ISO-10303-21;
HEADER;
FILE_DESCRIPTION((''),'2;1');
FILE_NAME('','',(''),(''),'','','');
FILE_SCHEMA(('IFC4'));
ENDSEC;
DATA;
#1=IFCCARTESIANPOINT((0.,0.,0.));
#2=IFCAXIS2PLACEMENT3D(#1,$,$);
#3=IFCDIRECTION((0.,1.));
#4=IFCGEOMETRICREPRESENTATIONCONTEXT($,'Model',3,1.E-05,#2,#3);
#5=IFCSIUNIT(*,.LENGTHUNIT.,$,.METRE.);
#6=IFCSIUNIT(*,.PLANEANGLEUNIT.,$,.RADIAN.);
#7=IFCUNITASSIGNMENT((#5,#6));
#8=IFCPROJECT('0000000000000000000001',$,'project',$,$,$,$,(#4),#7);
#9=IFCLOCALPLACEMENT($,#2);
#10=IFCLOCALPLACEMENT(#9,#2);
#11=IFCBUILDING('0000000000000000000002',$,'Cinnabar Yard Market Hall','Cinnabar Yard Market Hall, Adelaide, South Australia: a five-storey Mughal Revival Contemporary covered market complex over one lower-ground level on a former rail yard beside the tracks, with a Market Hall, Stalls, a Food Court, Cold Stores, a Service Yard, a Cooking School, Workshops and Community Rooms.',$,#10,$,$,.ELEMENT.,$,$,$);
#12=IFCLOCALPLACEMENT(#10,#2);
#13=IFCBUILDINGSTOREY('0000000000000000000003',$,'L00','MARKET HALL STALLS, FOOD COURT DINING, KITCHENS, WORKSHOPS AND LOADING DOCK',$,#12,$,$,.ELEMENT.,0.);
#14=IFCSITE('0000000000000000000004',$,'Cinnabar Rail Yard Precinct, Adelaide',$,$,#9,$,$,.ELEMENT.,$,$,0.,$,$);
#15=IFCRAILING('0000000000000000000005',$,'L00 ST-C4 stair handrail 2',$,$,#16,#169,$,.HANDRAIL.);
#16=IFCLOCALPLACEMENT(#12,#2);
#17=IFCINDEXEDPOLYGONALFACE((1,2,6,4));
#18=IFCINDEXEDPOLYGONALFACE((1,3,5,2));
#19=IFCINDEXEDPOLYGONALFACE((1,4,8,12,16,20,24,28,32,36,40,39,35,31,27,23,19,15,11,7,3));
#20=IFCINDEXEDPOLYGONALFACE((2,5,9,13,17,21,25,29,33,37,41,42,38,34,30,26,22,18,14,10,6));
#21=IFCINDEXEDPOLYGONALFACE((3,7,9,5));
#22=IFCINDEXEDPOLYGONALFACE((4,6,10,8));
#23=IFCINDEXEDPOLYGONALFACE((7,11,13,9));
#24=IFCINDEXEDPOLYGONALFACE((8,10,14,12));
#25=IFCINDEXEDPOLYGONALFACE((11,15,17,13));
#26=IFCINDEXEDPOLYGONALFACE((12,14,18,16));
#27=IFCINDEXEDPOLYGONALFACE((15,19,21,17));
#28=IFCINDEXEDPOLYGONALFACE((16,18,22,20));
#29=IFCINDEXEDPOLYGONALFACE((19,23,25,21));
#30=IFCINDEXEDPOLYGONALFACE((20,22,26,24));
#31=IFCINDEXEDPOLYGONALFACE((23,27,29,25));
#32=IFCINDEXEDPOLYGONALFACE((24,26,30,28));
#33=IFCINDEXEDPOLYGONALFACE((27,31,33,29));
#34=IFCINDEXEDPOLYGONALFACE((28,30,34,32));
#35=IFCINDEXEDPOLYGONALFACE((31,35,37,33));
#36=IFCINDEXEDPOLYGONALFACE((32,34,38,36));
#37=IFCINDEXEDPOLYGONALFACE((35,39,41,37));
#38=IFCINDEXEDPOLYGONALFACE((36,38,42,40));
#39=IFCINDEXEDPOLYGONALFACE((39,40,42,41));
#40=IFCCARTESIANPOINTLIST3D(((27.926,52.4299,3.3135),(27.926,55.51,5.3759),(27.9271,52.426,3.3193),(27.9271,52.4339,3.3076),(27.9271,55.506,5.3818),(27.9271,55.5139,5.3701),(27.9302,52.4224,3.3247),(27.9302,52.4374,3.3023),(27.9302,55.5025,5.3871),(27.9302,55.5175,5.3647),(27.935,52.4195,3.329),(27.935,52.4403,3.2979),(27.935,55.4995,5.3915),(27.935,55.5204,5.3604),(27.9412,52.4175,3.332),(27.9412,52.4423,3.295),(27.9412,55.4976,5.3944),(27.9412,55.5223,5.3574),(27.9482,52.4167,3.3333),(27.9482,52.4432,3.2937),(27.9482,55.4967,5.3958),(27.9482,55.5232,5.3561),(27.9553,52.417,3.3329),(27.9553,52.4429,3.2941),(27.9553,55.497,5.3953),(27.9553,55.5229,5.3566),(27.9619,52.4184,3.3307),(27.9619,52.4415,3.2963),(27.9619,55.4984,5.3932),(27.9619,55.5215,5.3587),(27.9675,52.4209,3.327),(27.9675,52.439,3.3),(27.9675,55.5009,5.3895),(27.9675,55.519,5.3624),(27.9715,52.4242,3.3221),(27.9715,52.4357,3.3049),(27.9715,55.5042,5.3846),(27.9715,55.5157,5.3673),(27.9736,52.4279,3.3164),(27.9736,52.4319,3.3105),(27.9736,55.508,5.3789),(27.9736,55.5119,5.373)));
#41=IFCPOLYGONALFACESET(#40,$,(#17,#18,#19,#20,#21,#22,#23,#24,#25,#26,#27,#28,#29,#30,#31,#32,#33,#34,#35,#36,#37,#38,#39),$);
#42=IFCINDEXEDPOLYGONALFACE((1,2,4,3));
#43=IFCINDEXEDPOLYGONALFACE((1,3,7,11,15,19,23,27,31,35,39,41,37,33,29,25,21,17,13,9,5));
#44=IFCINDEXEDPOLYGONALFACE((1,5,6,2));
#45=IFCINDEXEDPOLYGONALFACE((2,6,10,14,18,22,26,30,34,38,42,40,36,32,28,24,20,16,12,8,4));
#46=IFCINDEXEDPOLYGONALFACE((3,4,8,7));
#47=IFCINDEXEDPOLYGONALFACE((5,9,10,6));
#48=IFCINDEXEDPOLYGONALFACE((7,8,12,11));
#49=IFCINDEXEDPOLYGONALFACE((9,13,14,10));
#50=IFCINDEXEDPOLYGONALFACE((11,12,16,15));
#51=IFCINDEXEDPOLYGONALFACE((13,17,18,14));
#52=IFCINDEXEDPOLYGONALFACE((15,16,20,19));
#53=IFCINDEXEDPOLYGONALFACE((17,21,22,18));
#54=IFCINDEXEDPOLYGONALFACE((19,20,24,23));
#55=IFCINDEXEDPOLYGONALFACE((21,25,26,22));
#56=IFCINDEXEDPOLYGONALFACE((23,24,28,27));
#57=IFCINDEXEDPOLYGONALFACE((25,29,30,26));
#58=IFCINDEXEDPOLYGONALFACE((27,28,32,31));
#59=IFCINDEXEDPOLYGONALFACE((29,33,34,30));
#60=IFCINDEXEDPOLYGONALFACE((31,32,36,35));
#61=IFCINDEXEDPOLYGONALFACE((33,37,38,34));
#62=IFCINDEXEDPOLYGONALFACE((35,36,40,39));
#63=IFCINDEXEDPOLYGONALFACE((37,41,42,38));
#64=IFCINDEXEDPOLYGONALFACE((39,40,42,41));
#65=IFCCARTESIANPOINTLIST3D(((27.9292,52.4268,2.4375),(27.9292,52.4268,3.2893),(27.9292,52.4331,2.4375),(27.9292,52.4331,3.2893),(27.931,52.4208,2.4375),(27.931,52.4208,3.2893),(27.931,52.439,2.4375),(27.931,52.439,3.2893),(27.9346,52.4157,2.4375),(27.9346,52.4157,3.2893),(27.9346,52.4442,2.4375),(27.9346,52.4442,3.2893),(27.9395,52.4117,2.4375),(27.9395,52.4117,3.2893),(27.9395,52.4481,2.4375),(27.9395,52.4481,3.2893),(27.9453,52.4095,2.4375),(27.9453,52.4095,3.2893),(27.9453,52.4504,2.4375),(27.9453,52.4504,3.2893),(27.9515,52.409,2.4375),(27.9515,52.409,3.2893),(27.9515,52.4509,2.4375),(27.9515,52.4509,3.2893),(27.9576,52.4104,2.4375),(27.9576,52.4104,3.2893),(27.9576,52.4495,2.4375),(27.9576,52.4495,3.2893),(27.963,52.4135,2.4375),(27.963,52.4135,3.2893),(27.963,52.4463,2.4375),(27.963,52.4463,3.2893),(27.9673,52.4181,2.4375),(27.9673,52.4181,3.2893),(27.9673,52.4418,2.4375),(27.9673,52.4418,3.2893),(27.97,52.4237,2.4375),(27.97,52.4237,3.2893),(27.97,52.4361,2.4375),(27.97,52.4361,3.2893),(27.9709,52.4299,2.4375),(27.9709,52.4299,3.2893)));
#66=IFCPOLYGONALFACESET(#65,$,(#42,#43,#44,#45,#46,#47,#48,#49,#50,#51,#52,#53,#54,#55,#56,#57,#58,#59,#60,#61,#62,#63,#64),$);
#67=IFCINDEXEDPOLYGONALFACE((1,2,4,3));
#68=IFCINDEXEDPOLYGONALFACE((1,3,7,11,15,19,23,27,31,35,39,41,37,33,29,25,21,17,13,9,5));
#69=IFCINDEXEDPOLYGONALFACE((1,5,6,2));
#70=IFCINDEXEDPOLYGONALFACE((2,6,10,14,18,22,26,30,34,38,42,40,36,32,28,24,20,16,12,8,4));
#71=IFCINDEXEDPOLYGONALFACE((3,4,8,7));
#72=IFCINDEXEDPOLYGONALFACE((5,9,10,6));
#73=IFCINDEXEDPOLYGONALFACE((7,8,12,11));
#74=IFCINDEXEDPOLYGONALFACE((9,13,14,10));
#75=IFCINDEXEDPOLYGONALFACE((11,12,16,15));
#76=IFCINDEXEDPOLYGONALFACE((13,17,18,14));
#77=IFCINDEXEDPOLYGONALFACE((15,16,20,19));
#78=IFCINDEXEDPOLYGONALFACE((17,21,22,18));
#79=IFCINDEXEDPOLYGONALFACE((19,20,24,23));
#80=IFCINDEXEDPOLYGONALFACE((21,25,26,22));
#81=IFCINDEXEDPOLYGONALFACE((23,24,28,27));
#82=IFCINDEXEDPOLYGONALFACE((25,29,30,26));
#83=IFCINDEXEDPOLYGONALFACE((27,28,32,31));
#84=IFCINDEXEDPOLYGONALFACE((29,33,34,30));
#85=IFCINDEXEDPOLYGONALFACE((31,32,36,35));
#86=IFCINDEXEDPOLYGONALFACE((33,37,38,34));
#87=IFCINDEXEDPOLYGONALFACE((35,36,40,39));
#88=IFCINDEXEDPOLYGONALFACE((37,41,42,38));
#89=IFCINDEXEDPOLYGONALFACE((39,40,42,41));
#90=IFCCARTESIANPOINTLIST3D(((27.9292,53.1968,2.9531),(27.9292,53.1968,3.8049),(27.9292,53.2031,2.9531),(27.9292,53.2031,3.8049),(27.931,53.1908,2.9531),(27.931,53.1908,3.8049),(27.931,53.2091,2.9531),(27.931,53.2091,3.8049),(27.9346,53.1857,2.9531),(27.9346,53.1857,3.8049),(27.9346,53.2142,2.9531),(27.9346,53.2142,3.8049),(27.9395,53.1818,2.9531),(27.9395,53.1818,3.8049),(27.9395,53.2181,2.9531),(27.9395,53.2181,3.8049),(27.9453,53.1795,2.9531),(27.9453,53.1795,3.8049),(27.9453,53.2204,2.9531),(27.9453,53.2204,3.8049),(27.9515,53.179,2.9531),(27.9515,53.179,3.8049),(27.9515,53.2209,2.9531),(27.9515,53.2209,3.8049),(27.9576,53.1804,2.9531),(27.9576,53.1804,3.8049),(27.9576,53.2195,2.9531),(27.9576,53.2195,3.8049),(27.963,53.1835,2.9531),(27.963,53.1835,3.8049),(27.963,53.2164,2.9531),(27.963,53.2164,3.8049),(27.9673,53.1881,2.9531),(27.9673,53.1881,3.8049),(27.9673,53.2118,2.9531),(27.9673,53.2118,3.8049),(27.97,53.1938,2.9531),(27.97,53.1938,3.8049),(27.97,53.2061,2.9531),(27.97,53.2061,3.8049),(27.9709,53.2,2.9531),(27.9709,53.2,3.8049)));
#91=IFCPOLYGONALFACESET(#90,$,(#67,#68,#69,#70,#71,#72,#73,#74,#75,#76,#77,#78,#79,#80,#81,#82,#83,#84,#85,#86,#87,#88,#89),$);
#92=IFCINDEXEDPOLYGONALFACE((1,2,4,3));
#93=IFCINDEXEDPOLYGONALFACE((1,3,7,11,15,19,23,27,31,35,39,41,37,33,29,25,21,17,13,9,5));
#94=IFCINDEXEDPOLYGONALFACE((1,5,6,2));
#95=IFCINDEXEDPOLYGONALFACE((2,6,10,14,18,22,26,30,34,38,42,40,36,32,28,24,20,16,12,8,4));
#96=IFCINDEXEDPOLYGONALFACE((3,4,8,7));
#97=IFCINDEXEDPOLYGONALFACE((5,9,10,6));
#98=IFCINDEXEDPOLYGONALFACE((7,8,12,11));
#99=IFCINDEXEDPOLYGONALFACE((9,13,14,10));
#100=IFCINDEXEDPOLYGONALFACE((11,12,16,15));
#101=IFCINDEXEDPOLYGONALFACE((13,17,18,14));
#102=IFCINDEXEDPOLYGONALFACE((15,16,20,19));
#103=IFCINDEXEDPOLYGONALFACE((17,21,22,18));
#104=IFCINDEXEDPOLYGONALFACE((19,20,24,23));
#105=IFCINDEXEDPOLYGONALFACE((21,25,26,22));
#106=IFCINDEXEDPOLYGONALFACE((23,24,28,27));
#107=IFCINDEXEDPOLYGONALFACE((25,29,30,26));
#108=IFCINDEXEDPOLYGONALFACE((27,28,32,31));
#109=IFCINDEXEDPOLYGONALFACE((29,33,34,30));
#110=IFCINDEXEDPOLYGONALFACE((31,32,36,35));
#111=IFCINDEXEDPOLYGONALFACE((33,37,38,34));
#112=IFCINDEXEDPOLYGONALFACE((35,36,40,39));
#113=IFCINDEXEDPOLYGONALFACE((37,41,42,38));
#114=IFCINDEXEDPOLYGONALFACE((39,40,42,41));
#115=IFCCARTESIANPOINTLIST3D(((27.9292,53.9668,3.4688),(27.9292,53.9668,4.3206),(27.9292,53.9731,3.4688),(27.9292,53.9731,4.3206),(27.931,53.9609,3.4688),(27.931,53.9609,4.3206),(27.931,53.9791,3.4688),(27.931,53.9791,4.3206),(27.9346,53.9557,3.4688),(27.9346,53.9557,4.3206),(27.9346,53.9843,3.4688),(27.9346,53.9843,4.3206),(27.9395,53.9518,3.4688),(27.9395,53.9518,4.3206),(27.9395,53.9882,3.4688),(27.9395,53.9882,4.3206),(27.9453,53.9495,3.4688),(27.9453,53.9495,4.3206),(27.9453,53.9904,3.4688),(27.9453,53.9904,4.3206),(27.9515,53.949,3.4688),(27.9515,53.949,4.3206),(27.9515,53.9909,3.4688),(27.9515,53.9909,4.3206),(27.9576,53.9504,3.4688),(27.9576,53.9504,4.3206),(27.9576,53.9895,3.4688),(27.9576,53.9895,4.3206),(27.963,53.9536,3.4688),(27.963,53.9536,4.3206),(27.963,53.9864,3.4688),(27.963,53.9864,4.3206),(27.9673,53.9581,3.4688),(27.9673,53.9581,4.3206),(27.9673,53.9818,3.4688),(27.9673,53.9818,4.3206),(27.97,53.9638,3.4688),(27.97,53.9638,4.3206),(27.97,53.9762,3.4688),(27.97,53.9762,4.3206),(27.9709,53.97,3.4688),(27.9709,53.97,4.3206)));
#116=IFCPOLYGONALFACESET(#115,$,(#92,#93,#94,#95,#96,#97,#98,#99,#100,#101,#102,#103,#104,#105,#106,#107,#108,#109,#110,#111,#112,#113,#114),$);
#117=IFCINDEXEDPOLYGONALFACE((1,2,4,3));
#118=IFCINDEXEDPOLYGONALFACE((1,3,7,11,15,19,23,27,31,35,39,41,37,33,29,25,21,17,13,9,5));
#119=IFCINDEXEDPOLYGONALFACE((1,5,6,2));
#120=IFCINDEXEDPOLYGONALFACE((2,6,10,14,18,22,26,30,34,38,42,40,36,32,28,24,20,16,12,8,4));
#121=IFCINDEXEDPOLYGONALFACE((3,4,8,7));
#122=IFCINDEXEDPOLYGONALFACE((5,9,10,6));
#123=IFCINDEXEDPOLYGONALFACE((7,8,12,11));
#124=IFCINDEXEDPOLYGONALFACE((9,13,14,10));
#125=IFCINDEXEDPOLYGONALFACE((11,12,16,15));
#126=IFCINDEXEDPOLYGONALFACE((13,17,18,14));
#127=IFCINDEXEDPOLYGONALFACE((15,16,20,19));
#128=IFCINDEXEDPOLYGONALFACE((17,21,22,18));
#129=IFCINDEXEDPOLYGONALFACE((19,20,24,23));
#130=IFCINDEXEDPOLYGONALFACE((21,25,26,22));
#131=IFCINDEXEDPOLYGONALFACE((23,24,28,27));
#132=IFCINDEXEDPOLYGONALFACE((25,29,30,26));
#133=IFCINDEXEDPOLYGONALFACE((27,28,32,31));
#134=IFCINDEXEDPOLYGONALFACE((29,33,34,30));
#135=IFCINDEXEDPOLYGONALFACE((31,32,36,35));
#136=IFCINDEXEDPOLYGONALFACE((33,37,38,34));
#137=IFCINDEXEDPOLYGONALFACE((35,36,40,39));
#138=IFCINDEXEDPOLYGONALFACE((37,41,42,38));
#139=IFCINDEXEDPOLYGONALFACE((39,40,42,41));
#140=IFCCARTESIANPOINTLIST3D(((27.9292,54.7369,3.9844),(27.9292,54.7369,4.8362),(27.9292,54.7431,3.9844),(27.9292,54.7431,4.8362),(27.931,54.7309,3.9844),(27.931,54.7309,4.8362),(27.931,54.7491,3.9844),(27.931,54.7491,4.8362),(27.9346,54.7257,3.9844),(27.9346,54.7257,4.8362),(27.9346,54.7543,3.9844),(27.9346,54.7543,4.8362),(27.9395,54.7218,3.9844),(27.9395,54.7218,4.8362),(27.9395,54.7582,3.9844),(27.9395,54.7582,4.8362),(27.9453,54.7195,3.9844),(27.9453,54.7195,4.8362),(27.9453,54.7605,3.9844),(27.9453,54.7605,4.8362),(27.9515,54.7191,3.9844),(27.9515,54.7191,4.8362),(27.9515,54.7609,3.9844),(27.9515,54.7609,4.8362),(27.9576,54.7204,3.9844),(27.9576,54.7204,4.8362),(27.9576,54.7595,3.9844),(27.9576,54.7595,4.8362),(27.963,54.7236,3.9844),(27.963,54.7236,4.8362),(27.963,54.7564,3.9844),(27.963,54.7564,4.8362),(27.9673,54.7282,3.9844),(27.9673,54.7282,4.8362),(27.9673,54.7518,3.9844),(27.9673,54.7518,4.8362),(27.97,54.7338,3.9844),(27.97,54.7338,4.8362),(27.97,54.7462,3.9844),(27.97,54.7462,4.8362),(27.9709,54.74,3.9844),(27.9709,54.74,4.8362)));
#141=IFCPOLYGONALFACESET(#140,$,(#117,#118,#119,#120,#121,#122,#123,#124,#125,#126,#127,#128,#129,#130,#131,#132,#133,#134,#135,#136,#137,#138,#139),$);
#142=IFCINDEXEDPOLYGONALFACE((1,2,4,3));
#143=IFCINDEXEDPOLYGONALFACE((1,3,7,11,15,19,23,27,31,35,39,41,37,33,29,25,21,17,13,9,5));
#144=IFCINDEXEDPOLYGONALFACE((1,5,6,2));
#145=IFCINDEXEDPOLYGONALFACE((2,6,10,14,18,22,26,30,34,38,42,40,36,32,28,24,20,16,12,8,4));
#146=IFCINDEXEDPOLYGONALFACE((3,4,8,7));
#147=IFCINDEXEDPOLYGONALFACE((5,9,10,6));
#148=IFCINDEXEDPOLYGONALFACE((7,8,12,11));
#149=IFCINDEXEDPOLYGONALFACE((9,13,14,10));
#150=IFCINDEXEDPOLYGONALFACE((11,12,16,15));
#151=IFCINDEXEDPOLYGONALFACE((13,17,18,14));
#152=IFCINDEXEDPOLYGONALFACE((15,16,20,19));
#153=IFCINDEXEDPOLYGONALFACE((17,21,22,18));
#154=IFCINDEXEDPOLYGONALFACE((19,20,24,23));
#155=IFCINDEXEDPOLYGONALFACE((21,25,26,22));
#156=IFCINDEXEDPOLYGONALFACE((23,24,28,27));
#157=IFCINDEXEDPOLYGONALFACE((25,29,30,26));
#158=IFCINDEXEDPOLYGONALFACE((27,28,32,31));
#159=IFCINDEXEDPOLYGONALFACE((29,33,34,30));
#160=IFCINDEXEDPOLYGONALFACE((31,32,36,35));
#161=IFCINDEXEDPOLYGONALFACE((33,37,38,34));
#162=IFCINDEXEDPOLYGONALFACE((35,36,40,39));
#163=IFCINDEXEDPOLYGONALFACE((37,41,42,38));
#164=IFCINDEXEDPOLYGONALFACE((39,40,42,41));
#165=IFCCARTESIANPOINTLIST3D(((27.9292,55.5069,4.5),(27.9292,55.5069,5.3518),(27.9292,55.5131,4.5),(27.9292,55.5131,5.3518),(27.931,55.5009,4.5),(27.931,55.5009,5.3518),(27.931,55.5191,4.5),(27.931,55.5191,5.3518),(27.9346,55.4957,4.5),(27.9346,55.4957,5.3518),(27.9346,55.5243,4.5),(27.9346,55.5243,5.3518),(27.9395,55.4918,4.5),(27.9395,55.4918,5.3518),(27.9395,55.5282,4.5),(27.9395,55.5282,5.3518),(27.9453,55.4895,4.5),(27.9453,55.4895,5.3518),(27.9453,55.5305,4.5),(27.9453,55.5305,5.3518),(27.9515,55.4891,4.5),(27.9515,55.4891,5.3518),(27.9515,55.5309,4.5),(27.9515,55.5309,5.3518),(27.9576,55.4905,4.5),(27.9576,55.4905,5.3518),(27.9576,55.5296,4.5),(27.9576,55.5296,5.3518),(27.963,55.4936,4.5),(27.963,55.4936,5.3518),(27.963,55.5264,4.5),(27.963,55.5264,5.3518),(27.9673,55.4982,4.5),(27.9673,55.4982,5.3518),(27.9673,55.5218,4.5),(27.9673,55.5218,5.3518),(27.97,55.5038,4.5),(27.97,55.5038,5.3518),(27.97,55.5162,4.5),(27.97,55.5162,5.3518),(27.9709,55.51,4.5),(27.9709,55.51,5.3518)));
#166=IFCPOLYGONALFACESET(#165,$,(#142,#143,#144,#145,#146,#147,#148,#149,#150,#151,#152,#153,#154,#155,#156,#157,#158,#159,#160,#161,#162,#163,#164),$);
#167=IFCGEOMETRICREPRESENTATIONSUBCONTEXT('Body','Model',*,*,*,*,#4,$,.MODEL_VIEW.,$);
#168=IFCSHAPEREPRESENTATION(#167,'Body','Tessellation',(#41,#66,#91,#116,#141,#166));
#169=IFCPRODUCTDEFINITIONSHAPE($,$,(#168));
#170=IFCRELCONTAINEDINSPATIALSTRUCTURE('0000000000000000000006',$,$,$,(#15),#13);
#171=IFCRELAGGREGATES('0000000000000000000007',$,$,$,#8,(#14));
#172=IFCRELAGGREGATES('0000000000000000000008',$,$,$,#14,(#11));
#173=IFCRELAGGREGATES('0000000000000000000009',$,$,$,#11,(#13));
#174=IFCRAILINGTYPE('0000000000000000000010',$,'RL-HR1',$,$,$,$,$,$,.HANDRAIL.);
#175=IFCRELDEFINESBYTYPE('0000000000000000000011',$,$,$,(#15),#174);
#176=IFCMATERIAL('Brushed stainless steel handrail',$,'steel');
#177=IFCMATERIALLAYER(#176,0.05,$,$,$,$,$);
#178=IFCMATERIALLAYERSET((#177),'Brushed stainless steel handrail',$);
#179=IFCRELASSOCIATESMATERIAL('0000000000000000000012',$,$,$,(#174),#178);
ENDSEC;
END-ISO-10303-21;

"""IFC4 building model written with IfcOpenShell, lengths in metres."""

from ifc_helpers import new_model, si_unit, direction, frame, origin, origin_2d_with_axis, place, context, subcontext, project, spatial, circle, extrude, material, layer, layer_set, type_object, element, save


model = new_model("IFC4")

# Units and contexts
model_context = context("Model", 3, precision=1e-05, world=origin(), true_north=direction((0.0, 1.0)))
body_context = subcontext(model_context, "Body", "Model", "MODEL_VIEW")
ifc_project = project(units=[si_unit("LENGTHUNIT", "METRE"), si_unit("PLANEANGLEUNIT", "RADIAN")], contexts=[model_context])

# Site, building, storey
site_placement = place(None, origin())
site = spatial("IfcSite", under=ifc_project, at=site_placement, Name="Cinnabar Rail Yard Precinct, Adelaide", CompositionType="ELEMENT", RefElevation=0.0)
building_placement = place(site_placement, origin())
building = spatial("IfcBuilding", under=site, at=building_placement, Name="Cinnabar Yard Market Hall", Description="Cinnabar Yard Market Hall, Adelaide, South Australia: a five-storey Mughal Revival Contemporary covered market complex over one lower-ground level on a former rail yard beside the tracks, with a Market Hall, Stalls, a Food Court, Cold Stores, a Service Yard, a Cooking School, Workshops and Community Rooms.", CompositionType="ELEMENT")
storey_placement = place(building_placement, origin())
storey = spatial("IfcBuildingStorey", under=building, at=storey_placement, Name="L00", Description="MARKET HALL STALLS, FOOD COURT DINING, KITCHENS, WORKSHOPS AND LOADING DOCK", CompositionType="ELEMENT", Elevation=0.0)

# Railing
ifc_material_1 = material(Name="Brushed stainless steel handrail", Category="steel")
ifc_layer_1 = layer(ifc_material_1, 0.05)
ifc_layer_set_1 = layer_set([ifc_layer_1], Name="Brushed stainless steel handrail")
railing_type_1 = type_object("IfcRailingType", Name="RL-HR1", PredefinedType="HANDRAIL", material=ifc_layer_set_1)
railing_1_placement = place(storey_placement, frame((27.95, 52.4299, 2.4375)))
element("IfcRailing", 1, at=railing_1_placement, inside=storey, type_object=railing_type_1, Name="L00 ST-C4 stair handrail 2", PredefinedType="HANDRAIL", context=body_context, shape_type="SweptSolid", body=[
    extrude(circle(Radius=0.0239, at=origin_2d_with_axis()), frame((0.0, 0.0, 0.876), z_axis=(0.0, 0.830914, 0.556401), x_axis=(-1.0, 0.0, 0.0)), (0.0, 0.0, 1.0), 3.7068),
    extrude(circle(Radius=0.021, at=origin_2d_with_axis()), origin(), (0.0, 0.0, 1.0), 0.8518),
    extrude(circle(Radius=0.021, at=origin_2d_with_axis()), frame((0.0, 0.77, 0.5156)), (0.0, 0.0, 1.0), 0.8518),
    extrude(circle(Radius=0.021, at=origin_2d_with_axis()), frame((0.0, 1.54, 1.0312)), (0.0, 0.0, 1.0), 0.8518),
    extrude(circle(Radius=0.021, at=origin_2d_with_axis()), frame((0.0, 2.3101, 1.5469)), (0.0, 0.0, 1.0), 0.8518),
    extrude(circle(Radius=0.021, at=origin_2d_with_axis()), frame((0.0, 3.0801, 2.0625)), (0.0, 0.0, 1.0), 0.8518),
])

save(model, "model.ifc")
